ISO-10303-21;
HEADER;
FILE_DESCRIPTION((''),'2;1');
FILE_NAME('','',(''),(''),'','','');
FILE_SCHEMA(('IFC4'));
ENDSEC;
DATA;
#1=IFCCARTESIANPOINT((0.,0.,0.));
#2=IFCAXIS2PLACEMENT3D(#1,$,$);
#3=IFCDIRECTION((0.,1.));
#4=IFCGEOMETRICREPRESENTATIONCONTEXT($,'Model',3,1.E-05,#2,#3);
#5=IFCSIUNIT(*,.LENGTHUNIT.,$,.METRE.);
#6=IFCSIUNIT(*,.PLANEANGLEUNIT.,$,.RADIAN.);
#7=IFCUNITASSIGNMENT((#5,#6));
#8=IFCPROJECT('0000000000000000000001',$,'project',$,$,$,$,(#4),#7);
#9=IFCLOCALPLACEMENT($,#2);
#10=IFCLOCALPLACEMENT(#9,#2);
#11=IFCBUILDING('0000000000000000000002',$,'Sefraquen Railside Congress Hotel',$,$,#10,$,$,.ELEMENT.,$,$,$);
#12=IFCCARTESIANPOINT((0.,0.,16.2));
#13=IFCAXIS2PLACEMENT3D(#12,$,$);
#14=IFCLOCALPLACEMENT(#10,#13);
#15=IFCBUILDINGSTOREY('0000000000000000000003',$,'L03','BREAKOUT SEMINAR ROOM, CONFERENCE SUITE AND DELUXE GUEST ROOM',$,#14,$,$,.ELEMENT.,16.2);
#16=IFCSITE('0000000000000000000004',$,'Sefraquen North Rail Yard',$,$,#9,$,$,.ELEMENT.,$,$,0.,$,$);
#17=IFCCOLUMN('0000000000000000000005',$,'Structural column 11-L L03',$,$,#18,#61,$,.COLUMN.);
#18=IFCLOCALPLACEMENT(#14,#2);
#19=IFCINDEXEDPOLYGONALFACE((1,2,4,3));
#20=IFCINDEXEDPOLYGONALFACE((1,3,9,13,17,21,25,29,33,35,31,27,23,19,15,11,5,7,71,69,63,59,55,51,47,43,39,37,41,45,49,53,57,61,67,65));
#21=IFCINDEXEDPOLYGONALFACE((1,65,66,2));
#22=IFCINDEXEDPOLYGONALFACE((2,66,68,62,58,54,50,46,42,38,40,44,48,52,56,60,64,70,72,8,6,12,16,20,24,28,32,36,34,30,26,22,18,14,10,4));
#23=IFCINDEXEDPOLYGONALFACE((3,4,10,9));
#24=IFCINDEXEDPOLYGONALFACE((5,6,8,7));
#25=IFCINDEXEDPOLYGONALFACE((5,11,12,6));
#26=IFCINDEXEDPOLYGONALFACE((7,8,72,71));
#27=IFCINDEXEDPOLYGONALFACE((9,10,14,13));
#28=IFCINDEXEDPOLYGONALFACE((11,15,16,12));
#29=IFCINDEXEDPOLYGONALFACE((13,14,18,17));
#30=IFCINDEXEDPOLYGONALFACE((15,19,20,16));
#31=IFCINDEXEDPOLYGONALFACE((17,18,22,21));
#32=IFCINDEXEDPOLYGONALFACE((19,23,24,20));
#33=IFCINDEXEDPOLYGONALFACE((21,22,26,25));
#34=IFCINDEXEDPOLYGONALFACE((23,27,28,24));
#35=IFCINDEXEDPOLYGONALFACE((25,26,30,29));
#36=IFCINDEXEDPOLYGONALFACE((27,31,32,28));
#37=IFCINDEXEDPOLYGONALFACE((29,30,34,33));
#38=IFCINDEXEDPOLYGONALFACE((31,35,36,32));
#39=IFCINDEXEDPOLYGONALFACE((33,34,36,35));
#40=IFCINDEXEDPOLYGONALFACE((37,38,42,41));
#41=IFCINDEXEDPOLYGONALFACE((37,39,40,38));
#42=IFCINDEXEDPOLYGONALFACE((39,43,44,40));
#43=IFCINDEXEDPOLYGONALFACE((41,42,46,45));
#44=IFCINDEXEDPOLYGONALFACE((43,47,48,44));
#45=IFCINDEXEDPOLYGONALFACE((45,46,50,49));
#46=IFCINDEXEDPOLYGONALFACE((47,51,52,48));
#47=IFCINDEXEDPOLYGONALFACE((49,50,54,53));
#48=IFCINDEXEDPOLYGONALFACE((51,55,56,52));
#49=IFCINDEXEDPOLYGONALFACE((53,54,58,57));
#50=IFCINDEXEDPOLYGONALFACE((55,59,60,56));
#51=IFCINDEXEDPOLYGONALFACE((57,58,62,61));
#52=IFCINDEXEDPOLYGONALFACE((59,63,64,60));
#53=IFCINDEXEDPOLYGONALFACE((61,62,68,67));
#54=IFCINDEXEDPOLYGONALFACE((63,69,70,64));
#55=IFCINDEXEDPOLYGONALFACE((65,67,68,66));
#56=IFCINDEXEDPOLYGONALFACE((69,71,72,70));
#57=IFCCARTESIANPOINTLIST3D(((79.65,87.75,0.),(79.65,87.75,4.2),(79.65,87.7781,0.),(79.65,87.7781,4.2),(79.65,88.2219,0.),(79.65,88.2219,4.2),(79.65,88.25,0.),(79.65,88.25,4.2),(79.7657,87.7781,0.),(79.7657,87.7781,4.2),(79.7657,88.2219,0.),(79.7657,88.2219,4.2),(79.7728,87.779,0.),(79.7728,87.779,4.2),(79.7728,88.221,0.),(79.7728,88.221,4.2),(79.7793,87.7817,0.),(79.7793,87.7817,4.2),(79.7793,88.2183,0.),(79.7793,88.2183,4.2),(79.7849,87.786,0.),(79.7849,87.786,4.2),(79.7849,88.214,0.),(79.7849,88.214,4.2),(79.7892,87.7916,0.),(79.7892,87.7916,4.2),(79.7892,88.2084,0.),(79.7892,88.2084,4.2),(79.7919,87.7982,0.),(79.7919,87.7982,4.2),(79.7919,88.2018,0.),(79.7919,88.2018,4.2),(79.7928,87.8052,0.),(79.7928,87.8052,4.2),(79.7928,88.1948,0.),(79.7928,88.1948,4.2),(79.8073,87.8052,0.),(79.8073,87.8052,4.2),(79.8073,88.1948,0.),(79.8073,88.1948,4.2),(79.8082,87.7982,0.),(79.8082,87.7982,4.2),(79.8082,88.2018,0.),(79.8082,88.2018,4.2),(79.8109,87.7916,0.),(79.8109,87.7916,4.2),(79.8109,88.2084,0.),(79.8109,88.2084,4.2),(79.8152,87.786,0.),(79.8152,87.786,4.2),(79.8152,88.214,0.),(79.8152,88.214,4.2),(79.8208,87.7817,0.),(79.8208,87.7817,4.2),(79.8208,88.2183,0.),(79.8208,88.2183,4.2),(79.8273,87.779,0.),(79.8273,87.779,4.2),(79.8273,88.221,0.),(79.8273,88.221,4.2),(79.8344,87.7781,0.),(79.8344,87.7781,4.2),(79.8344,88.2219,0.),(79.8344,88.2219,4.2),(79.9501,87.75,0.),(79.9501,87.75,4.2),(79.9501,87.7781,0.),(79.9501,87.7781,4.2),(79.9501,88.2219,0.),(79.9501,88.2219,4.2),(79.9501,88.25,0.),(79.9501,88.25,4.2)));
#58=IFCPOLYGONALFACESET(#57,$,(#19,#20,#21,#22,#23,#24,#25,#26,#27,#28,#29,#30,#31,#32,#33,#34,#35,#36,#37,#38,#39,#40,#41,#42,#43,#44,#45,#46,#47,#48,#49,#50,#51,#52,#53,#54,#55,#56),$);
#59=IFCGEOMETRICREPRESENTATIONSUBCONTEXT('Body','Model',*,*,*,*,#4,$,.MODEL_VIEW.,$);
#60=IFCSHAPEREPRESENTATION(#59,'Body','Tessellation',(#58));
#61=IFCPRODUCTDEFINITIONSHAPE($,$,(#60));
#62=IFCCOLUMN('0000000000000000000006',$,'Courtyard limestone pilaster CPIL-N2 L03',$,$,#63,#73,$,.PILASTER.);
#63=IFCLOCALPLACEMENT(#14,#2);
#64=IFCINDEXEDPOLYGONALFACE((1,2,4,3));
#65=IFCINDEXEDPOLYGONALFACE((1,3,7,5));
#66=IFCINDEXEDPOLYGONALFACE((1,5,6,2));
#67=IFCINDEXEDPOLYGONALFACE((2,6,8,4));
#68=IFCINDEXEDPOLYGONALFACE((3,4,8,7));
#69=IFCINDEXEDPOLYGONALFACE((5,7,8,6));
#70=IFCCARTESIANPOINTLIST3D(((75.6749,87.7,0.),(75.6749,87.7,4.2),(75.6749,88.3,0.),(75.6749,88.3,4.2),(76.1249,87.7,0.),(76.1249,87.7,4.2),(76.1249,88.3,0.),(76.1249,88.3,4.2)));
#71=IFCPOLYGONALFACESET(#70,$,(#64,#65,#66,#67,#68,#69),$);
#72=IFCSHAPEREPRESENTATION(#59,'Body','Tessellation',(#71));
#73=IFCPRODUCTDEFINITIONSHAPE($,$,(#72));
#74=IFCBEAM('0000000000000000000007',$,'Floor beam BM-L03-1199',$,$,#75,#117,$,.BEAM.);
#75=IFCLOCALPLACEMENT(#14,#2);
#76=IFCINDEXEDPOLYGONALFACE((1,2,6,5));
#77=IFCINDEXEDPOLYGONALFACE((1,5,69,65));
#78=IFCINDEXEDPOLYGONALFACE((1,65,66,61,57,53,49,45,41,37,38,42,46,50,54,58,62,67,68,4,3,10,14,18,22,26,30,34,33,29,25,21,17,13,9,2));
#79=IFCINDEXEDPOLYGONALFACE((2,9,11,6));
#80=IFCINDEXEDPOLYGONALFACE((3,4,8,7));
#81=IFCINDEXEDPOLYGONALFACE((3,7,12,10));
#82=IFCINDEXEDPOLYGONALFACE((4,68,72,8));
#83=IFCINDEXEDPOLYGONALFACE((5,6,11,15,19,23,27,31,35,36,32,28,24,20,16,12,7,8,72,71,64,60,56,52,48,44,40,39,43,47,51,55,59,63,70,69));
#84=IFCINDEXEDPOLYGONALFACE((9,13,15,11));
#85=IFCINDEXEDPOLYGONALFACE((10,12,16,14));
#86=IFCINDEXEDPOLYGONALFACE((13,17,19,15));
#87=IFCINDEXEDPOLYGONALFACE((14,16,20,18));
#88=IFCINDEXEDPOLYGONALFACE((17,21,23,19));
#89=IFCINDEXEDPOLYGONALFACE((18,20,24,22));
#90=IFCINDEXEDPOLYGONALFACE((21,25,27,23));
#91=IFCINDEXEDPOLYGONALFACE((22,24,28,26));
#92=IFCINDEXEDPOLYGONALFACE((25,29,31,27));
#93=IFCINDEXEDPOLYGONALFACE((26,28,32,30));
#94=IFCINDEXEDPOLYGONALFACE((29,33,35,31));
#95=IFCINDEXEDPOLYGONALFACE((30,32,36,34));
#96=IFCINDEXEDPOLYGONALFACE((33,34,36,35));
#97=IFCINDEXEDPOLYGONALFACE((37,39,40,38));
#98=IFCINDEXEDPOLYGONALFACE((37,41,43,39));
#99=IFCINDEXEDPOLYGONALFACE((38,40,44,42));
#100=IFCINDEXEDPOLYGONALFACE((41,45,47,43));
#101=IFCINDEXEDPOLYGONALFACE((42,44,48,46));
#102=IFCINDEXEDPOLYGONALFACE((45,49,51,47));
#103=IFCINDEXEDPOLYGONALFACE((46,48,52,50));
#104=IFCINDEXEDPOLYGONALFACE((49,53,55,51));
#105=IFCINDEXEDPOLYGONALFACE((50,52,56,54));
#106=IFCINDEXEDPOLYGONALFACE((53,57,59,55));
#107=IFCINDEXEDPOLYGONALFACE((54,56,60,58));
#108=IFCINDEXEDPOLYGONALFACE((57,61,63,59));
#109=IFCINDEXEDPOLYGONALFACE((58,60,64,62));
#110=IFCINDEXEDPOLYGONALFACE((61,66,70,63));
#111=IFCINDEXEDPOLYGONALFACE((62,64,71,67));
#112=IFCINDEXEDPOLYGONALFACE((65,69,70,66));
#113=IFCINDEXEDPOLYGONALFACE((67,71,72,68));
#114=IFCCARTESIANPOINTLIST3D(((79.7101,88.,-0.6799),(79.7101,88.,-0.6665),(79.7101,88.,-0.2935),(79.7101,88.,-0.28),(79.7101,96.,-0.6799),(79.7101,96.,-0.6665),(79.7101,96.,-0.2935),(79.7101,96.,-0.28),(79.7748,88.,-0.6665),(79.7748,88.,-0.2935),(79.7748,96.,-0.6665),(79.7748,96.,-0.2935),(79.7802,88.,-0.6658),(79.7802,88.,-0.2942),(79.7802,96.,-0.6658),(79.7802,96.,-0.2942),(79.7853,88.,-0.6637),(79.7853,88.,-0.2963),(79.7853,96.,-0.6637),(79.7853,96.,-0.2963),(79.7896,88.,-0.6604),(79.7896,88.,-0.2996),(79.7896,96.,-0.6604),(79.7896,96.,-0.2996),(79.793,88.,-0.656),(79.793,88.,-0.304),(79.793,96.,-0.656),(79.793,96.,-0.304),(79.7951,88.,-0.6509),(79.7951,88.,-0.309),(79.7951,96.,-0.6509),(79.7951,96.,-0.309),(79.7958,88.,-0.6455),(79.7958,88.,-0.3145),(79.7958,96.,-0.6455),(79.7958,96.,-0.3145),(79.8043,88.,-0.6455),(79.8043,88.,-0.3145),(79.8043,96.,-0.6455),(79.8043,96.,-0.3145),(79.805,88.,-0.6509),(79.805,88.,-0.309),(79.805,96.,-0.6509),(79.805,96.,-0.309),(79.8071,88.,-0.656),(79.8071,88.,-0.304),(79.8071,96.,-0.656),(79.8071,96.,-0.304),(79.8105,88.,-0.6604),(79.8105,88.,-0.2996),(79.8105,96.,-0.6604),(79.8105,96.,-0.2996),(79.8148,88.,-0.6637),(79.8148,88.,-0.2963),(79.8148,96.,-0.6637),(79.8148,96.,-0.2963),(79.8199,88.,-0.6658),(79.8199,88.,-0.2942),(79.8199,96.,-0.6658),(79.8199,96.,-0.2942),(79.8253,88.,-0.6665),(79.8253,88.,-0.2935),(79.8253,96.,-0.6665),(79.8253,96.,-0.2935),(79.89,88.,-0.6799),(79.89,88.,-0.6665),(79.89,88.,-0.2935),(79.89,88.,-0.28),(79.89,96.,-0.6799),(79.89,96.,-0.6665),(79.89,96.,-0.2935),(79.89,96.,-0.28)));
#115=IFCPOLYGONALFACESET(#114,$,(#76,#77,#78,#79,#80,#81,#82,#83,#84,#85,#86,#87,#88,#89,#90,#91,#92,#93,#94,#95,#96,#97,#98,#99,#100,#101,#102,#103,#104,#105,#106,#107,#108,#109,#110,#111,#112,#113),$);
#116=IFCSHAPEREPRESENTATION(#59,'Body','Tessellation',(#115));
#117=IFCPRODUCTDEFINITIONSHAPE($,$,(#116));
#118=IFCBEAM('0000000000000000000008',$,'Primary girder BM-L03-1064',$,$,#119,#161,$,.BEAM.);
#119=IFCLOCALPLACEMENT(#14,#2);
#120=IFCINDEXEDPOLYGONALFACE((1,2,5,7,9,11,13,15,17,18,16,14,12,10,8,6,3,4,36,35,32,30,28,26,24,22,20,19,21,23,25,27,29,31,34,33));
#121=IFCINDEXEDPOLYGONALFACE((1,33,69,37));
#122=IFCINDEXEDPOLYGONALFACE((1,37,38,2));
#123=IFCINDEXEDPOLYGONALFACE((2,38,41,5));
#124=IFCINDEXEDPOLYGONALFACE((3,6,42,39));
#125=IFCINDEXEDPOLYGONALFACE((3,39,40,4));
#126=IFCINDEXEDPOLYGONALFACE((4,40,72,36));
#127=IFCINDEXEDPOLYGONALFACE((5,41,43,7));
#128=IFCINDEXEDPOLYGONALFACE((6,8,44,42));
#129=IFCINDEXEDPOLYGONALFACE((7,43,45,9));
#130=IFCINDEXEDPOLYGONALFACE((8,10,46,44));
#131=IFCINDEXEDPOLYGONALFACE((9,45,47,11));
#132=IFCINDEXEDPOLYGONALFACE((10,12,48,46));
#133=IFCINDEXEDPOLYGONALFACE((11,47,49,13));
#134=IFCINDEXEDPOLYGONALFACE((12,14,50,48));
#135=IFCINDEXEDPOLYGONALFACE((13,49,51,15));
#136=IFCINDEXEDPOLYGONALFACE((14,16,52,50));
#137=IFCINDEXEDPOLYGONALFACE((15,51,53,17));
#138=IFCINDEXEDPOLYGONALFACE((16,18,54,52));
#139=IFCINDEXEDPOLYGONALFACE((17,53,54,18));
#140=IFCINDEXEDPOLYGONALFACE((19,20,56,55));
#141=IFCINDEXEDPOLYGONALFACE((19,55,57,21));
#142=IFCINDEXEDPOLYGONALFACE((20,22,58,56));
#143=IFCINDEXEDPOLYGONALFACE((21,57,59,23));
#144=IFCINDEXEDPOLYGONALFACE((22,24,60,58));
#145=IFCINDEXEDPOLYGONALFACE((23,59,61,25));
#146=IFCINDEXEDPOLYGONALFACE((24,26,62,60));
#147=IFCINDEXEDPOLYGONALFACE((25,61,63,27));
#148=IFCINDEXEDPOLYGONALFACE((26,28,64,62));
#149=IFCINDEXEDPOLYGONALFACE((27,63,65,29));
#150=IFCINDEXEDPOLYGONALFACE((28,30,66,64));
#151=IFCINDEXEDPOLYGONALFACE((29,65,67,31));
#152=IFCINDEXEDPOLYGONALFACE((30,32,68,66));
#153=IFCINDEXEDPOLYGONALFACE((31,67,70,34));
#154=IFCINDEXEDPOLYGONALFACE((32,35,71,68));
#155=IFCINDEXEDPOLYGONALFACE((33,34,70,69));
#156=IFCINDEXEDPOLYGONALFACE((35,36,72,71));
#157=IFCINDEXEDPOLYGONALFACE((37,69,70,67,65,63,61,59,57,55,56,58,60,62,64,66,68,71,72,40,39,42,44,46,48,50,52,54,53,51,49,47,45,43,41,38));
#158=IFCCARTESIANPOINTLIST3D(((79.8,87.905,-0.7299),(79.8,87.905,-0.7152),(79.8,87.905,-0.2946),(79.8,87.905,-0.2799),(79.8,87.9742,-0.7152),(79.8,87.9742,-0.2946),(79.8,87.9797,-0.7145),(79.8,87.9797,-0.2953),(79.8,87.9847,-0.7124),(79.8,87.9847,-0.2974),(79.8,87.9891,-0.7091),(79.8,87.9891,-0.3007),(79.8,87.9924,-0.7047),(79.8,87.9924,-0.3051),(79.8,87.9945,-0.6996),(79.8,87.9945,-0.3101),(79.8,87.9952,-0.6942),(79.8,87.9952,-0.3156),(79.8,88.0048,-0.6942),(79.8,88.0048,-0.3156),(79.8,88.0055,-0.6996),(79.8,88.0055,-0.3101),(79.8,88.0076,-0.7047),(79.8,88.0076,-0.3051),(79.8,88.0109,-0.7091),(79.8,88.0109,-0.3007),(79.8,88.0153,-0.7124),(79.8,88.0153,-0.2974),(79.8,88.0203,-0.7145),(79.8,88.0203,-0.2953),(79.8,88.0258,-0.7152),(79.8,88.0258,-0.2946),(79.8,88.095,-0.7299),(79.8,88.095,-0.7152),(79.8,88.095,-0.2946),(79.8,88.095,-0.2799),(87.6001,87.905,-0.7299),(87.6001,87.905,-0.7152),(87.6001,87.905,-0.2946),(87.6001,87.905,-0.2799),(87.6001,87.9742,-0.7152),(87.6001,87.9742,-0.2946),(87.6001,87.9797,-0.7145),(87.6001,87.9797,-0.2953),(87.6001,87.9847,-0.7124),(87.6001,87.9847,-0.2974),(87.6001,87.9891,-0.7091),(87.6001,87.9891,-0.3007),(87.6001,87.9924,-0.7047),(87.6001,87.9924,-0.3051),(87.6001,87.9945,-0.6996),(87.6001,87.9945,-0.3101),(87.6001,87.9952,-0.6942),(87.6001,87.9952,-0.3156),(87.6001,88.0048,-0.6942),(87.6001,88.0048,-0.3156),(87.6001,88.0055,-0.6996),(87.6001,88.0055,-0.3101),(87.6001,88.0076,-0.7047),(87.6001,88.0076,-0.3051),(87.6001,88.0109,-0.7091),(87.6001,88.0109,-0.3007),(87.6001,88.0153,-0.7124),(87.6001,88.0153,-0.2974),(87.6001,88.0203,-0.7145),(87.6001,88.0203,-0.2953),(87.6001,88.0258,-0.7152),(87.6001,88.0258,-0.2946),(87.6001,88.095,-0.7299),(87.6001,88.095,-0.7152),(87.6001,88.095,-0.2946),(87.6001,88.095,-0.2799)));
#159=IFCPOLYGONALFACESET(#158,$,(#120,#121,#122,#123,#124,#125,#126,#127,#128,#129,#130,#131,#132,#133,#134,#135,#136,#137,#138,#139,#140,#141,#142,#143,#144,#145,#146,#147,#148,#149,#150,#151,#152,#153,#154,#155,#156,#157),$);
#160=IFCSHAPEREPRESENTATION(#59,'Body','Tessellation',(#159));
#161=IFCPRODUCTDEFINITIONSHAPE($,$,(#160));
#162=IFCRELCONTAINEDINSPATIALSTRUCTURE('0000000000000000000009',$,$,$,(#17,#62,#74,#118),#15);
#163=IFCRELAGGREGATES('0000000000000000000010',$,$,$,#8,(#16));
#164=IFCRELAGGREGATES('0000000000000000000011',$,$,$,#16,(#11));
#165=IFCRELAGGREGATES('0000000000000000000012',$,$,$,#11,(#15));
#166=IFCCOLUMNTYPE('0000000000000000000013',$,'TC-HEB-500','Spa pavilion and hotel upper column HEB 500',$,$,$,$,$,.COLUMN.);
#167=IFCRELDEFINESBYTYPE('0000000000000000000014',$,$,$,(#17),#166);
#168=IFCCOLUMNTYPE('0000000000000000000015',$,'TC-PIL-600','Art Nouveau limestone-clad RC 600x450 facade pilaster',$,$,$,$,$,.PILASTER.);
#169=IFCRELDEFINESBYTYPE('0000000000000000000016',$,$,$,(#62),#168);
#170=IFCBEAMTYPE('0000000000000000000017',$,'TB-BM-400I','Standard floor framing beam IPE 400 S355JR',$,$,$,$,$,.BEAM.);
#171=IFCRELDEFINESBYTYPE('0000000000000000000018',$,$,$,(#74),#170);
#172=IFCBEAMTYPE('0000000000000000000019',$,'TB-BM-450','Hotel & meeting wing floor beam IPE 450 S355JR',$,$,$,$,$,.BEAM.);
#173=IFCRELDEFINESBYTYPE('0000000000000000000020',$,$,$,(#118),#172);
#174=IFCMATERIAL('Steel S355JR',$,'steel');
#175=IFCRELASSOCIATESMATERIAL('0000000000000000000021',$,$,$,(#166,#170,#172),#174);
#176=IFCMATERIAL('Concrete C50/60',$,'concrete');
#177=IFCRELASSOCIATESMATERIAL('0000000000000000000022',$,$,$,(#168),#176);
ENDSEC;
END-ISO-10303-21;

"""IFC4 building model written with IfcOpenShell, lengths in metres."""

from ifc_helpers import new_model, si_unit, direction, frame, origin, origin_2d, place, context, subcontext, project, spatial, rectangle, i_section, extrude, material, material_profile, profile_set, type_object, element, save


model = new_model("IFC4")

# Units and contexts
model_context = context("Model", 3, precision=1e-05, world=origin(), true_north=direction((0.0, 1.0)))
body_context = subcontext(model_context, "Body", "Model", "MODEL_VIEW")
ifc_project = project(units=[si_unit("LENGTHUNIT", "METRE"), si_unit("PLANEANGLEUNIT", "RADIAN")], contexts=[model_context])

# Site, building, storey
site_placement = place(None, origin())
site = spatial("IfcSite", under=ifc_project, at=site_placement, Name="Sefraquen North Rail Yard", CompositionType="ELEMENT", RefElevation=0.0)
building_placement = place(site_placement, origin())
building = spatial("IfcBuilding", under=site, at=building_placement, Name="Sefraquen Railside Congress Hotel", CompositionType="ELEMENT")
storey_placement = place(building_placement, frame((0.0, 0.0, 16.2)))
storey = spatial("IfcBuildingStorey", under=building, at=storey_placement, Name="L03", Description="BREAKOUT SEMINAR ROOM, CONFERENCE SUITE AND DELUXE GUEST ROOM", CompositionType="ELEMENT", Elevation=16.2)

# Columns
ifc_material_1 = material(Name="Steel S355JR", Category="steel")
ifc_material_profile_1 = material_profile(ifc_material_1, i_section(OverallWidth=0.3, OverallDepth=0.5, WebThickness=0.0144, FlangeThickness=0.0281, FilletRadius=0.0271, at=origin_2d()), Name="HEB 500")
ifc_profile_set_1 = profile_set([ifc_material_profile_1], Name="Steel S355JR")
column_type_1 = type_object("IfcColumnType", Name="TC-HEB-500", Description="Spa pavilion and hotel upper column HEB 500", PredefinedType="COLUMN", material=ifc_profile_set_1)
column_1_placement = place(storey_placement, frame((79.8, 88.0, 0.0), z_axis=(0.0, 0.0, 1.0), x_axis=(1.0, 0.0, 0.0)))
element("IfcColumn", 1, at=column_1_placement, inside=storey, type_object=column_type_1, Name="Structural column 11-L L03", PredefinedType="COLUMN", context=body_context, shape_type="SweptSolid", body=[
    extrude(i_section(OverallWidth=0.3, OverallDepth=0.5, WebThickness=0.0144, FlangeThickness=0.0281, FilletRadius=0.0271, at=origin_2d()), origin(), (0.0, 0.0, 1.0), 4.2),
])
ifc_material_2 = material(Name="Concrete C50/60", Category="concrete")
ifc_material_profile_2 = material_profile(ifc_material_2, rectangle(XDim=0.45, YDim=0.6001, at=origin_2d()), Name="RC 600x450")
ifc_profile_set_2 = profile_set([ifc_material_profile_2], Name="Concrete C50/60")
column_type_2 = type_object("IfcColumnType", Name="TC-PIL-600", Description="Art Nouveau limestone-clad RC 600x450 facade pilaster", PredefinedType="PILASTER", material=ifc_profile_set_2)
column_2_placement = place(storey_placement, frame((75.8999, 88.0, 0.0), z_axis=(0.0, 0.0, 1.0), x_axis=(1.0, 0.0, 0.0)))
element("IfcColumn", 2, at=column_2_placement, inside=storey, type_object=column_type_2, Name="Courtyard limestone pilaster CPIL-N2 L03", PredefinedType="PILASTER", context=body_context, shape_type="SweptSolid", body=[
    extrude(rectangle(XDim=0.45, YDim=0.6001, at=origin_2d()), origin(), (0.0, 0.0, 1.0), 4.2),
])

# Beams
ifc_material_profile_3 = material_profile(ifc_material_1, i_section(OverallWidth=0.1799, OverallDepth=0.3999, WebThickness=0.0085, FlangeThickness=0.0134, FilletRadius=0.021, at=origin_2d()), Name="IPE 400")
ifc_profile_set_3 = profile_set([ifc_material_profile_3], Name="Steel S355JR")
beam_type_1 = type_object("IfcBeamType", Name="TB-BM-400I", Description="Standard floor framing beam IPE 400 S355JR", PredefinedType="BEAM", material=ifc_profile_set_3)
beam_1_placement = place(storey_placement, frame((79.8, 88.0, -0.48), z_axis=(0.0, 1.0, 0.0), x_axis=(-1.0, 0.0, 0.0)))
element("IfcBeam", 3, at=beam_1_placement, inside=storey, type_object=beam_type_1, Name="Floor beam BM-L03-1199", PredefinedType="BEAM", context=body_context, shape_type="SweptSolid", body=[
    extrude(i_section(OverallWidth=0.1799, OverallDepth=0.3999, WebThickness=0.0085, FlangeThickness=0.0134, FilletRadius=0.021, at=origin_2d()), origin(), (0.0, 0.0, 1.0), 8.0),
])
ifc_material_profile_4 = material_profile(ifc_material_1, i_section(OverallWidth=0.1899, OverallDepth=0.45, WebThickness=0.0095, FlangeThickness=0.0146, FilletRadius=0.021, at=origin_2d()), Name="IPE 450")
ifc_profile_set_4 = profile_set([ifc_material_profile_4], Name="Steel S355JR")
beam_type_2 = type_object("IfcBeamType", Name="TB-BM-450", Description="Hotel & meeting wing floor beam IPE 450 S355JR", PredefinedType="BEAM", material=ifc_profile_set_4)
beam_2_placement = place(storey_placement, frame((79.8, 88.0, -0.5049), z_axis=(1.0, 0.0, 0.0), x_axis=(0.0, 1.0, 0.0)))
element("IfcBeam", 4, at=beam_2_placement, inside=storey, type_object=beam_type_2, Name="Primary girder BM-L03-1064", PredefinedType="BEAM", context=body_context, shape_type="SweptSolid", body=[
    extrude(i_section(OverallWidth=0.1899, OverallDepth=0.45, WebThickness=0.0095, FlangeThickness=0.0146, FilletRadius=0.021, at=origin_2d()), origin(), (0.0, 0.0, 1.0), 7.8),
])

save(model, "model.ifc")
